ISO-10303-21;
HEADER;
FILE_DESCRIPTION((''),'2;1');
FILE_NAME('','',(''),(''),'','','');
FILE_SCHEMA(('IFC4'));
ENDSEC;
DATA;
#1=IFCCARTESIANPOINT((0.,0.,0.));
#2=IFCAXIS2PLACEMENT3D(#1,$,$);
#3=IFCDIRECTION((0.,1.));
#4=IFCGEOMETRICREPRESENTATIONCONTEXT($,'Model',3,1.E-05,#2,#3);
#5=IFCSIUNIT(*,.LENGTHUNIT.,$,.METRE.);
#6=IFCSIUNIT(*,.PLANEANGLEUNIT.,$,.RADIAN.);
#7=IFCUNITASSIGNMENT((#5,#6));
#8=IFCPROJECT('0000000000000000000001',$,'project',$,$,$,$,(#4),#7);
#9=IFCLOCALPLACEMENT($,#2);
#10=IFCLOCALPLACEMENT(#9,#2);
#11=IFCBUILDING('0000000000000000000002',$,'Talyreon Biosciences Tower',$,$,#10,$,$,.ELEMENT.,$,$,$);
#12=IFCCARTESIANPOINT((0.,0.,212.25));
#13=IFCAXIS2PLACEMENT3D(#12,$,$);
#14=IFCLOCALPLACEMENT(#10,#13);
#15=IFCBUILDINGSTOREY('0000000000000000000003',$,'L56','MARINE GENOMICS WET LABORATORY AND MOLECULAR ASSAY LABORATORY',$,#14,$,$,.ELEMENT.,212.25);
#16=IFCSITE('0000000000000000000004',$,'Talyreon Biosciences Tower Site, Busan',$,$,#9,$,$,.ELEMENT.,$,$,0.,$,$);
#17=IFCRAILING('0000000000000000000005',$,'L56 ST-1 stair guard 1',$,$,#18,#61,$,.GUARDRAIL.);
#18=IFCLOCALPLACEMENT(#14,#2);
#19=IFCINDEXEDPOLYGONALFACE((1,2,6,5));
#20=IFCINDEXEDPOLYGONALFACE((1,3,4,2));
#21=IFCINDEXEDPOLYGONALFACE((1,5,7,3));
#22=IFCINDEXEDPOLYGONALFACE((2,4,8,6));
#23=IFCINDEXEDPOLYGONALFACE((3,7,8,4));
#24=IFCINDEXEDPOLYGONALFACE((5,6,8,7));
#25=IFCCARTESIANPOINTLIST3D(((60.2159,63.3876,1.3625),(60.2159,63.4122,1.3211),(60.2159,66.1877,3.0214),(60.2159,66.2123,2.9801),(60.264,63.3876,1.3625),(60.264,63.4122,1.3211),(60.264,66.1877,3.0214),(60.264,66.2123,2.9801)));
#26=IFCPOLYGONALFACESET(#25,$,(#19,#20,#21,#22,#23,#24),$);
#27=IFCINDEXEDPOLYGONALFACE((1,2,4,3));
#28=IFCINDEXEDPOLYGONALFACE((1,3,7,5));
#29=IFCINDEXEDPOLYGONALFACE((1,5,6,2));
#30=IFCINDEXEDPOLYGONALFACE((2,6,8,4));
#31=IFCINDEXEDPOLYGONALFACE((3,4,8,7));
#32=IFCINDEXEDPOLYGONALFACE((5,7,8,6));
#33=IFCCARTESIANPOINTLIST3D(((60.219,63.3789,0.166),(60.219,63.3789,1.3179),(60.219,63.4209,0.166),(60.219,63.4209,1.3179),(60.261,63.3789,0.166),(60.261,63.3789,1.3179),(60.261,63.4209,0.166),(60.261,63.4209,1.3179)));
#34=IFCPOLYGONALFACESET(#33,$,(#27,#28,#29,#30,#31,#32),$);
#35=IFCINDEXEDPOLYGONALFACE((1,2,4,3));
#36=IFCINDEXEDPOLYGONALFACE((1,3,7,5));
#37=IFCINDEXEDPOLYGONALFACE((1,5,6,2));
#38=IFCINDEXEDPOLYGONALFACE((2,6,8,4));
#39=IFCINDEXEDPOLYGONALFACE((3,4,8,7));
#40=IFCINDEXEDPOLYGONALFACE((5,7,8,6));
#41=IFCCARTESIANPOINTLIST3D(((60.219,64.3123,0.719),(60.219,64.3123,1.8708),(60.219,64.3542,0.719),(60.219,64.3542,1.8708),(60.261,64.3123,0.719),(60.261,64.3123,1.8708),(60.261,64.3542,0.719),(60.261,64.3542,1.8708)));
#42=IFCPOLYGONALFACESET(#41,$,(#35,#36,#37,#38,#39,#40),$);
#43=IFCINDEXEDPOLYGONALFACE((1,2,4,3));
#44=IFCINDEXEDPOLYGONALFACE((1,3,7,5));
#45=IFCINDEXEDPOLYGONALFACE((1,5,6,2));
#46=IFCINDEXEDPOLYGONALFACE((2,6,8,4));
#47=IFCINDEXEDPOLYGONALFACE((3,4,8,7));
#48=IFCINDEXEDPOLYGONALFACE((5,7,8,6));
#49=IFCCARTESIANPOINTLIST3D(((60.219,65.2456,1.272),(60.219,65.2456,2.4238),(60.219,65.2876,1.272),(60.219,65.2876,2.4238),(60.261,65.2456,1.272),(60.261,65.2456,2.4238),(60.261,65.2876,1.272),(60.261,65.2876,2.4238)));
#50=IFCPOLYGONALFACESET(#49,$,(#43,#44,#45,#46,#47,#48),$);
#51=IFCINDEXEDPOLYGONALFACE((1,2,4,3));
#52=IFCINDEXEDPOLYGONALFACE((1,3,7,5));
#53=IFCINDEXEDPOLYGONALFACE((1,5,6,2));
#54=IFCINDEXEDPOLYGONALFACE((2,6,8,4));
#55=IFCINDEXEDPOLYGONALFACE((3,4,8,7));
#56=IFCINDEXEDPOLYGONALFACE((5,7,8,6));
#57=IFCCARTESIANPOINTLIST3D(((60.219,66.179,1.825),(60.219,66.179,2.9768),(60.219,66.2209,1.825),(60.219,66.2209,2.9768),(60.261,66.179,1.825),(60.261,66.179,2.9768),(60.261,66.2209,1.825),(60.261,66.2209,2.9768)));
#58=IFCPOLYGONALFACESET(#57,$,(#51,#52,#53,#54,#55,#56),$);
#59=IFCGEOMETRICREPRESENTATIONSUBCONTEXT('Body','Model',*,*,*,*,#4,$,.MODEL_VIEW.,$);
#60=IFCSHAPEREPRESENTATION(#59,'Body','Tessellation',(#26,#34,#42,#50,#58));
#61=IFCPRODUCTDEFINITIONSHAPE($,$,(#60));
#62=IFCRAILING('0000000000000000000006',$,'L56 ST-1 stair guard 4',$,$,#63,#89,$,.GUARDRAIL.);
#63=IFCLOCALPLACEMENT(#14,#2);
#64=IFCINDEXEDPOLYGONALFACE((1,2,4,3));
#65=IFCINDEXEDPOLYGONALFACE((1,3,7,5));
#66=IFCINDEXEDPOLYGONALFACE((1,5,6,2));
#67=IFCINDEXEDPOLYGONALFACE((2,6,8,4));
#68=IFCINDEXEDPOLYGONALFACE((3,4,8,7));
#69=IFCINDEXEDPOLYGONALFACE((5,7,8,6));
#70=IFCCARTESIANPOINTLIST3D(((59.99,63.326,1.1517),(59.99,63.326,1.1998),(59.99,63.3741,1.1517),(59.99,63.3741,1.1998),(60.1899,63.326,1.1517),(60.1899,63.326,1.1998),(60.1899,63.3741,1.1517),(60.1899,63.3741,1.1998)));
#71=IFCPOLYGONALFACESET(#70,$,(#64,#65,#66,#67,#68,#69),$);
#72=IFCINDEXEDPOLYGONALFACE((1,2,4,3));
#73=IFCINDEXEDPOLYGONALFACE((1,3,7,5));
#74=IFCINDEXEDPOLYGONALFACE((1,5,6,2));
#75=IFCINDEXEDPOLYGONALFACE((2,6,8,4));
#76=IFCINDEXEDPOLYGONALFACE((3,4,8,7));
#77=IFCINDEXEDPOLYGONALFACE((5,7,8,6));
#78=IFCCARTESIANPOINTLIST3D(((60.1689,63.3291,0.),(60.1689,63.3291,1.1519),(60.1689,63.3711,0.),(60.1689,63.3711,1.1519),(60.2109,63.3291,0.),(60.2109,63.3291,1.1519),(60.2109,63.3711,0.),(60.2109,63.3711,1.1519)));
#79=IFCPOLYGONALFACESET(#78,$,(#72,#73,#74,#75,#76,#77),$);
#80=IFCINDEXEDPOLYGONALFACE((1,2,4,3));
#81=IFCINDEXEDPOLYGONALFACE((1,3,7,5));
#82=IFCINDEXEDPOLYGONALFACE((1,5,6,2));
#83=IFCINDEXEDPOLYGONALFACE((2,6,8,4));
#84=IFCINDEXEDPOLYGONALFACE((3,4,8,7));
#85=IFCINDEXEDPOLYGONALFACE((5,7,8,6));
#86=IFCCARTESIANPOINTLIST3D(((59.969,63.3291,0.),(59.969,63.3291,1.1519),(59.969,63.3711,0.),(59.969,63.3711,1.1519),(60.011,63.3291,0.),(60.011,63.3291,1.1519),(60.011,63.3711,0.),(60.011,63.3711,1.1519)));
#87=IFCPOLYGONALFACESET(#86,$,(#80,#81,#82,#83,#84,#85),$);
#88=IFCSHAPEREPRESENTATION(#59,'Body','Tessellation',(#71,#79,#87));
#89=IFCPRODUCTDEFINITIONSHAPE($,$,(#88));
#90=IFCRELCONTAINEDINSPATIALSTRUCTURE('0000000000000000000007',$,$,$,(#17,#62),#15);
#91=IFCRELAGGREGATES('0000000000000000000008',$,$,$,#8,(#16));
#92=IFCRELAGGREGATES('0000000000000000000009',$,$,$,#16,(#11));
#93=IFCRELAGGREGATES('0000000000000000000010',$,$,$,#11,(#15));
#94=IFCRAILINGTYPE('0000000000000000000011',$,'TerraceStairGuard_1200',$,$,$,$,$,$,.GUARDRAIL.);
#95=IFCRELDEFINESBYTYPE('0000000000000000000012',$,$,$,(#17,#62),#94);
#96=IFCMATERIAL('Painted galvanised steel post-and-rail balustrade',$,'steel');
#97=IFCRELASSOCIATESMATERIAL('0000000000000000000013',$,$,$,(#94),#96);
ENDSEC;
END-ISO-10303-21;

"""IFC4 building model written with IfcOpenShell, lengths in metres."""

from ifc_helpers import new_model, si_unit, direction, frame, origin, origin_2d, place, context, subcontext, project, spatial, rectangle, extrude, material, type_object, element, save


model = new_model("IFC4")

# Units and contexts
model_context = context("Model", 3, precision=1e-05, world=origin(), true_north=direction((0.0, 1.0)))
body_context = subcontext(model_context, "Body", "Model", "MODEL_VIEW")
ifc_project = project(units=[si_unit("LENGTHUNIT", "METRE"), si_unit("PLANEANGLEUNIT", "RADIAN")], contexts=[model_context])

# Site, building, storey
site_placement = place(None, origin())
site = spatial("IfcSite", under=ifc_project, at=site_placement, Name="Talyreon Biosciences Tower Site, Busan", CompositionType="ELEMENT", RefElevation=0.0)
building_placement = place(site_placement, origin())
building = spatial("IfcBuilding", under=site, at=building_placement, Name="Talyreon Biosciences Tower", CompositionType="ELEMENT")
storey_placement = place(building_placement, frame((0.0, 0.0, 212.25)))
storey = spatial("IfcBuildingStorey", under=building, at=storey_placement, Name="L56", Description="MARINE GENOMICS WET LABORATORY AND MOLECULAR ASSAY LABORATORY", CompositionType="ELEMENT", Elevation=212.25)

# Railings
ifc_material_1 = material(Name="Painted galvanised steel post-and-rail balustrade", Category="steel")
railing_type_1 = type_object("IfcRailingType", Name="TerraceStairGuard_1200", PredefinedType="GUARDRAIL", material=ifc_material_1)
railing_1_placement = place(storey_placement, frame((60.24, 63.3999, 0.166)))
element("IfcRailing", 1, at=railing_1_placement, inside=storey, type_object=railing_type_1, Name="L56 ST-1 stair guard 1", PredefinedType="GUARDRAIL", context=body_context, shape_type="SweptSolid", body=[
    extrude(rectangle(XDim=0.0481, YDim=0.0481, at=origin_2d()), frame((0.0, 0.0, 1.1758), z_axis=(0.0, 0.860339, 0.509722), x_axis=(-1.0, 0.0, 0.0)), (0.0, 0.0, 1.0), 3.2546),
    extrude(rectangle(XDim=0.042, YDim=0.042, at=origin_2d()), origin(), (0.0, 0.0, 1.0), 1.1519),
    extrude(rectangle(XDim=0.042, YDim=0.042, at=origin_2d()), frame((0.0, 0.9333, 0.553)), (0.0, 0.0, 1.0), 1.1519),
    extrude(rectangle(XDim=0.042, YDim=0.042, at=origin_2d()), frame((0.0, 1.8667, 1.106)), (0.0, 0.0, 1.0), 1.1519),
    extrude(rectangle(XDim=0.042, YDim=0.042, at=origin_2d()), frame((0.0, 2.8, 1.6589)), (0.0, 0.0, 1.0), 1.1519),
])
railing_2_placement = place(storey_placement, frame((60.1899, 63.3501, 0.0)))
element("IfcRailing", 2, at=railing_2_placement, inside=storey, type_object=railing_type_1, Name="L56 ST-1 stair guard 4", PredefinedType="GUARDRAIL", context=body_context, shape_type="SweptSolid", body=[
    extrude(rectangle(XDim=0.0481, YDim=0.0481, at=origin_2d()), frame((0.0, 0.0, 1.1758), z_axis=(-1.0, 0.0, 0.0), x_axis=(0.0, -1.0, 0.0)), (0.0, 0.0, 1.0), 0.2),
    extrude(rectangle(XDim=0.042, YDim=0.042, at=origin_2d()), origin(), (0.0, 0.0, 1.0), 1.1519),
    extrude(rectangle(XDim=0.042, YDim=0.042, at=origin_2d()), frame((-0.2, 0.0, 0.0)), (0.0, 0.0, 1.0), 1.1519),
])

save(model, "model.ifc")
